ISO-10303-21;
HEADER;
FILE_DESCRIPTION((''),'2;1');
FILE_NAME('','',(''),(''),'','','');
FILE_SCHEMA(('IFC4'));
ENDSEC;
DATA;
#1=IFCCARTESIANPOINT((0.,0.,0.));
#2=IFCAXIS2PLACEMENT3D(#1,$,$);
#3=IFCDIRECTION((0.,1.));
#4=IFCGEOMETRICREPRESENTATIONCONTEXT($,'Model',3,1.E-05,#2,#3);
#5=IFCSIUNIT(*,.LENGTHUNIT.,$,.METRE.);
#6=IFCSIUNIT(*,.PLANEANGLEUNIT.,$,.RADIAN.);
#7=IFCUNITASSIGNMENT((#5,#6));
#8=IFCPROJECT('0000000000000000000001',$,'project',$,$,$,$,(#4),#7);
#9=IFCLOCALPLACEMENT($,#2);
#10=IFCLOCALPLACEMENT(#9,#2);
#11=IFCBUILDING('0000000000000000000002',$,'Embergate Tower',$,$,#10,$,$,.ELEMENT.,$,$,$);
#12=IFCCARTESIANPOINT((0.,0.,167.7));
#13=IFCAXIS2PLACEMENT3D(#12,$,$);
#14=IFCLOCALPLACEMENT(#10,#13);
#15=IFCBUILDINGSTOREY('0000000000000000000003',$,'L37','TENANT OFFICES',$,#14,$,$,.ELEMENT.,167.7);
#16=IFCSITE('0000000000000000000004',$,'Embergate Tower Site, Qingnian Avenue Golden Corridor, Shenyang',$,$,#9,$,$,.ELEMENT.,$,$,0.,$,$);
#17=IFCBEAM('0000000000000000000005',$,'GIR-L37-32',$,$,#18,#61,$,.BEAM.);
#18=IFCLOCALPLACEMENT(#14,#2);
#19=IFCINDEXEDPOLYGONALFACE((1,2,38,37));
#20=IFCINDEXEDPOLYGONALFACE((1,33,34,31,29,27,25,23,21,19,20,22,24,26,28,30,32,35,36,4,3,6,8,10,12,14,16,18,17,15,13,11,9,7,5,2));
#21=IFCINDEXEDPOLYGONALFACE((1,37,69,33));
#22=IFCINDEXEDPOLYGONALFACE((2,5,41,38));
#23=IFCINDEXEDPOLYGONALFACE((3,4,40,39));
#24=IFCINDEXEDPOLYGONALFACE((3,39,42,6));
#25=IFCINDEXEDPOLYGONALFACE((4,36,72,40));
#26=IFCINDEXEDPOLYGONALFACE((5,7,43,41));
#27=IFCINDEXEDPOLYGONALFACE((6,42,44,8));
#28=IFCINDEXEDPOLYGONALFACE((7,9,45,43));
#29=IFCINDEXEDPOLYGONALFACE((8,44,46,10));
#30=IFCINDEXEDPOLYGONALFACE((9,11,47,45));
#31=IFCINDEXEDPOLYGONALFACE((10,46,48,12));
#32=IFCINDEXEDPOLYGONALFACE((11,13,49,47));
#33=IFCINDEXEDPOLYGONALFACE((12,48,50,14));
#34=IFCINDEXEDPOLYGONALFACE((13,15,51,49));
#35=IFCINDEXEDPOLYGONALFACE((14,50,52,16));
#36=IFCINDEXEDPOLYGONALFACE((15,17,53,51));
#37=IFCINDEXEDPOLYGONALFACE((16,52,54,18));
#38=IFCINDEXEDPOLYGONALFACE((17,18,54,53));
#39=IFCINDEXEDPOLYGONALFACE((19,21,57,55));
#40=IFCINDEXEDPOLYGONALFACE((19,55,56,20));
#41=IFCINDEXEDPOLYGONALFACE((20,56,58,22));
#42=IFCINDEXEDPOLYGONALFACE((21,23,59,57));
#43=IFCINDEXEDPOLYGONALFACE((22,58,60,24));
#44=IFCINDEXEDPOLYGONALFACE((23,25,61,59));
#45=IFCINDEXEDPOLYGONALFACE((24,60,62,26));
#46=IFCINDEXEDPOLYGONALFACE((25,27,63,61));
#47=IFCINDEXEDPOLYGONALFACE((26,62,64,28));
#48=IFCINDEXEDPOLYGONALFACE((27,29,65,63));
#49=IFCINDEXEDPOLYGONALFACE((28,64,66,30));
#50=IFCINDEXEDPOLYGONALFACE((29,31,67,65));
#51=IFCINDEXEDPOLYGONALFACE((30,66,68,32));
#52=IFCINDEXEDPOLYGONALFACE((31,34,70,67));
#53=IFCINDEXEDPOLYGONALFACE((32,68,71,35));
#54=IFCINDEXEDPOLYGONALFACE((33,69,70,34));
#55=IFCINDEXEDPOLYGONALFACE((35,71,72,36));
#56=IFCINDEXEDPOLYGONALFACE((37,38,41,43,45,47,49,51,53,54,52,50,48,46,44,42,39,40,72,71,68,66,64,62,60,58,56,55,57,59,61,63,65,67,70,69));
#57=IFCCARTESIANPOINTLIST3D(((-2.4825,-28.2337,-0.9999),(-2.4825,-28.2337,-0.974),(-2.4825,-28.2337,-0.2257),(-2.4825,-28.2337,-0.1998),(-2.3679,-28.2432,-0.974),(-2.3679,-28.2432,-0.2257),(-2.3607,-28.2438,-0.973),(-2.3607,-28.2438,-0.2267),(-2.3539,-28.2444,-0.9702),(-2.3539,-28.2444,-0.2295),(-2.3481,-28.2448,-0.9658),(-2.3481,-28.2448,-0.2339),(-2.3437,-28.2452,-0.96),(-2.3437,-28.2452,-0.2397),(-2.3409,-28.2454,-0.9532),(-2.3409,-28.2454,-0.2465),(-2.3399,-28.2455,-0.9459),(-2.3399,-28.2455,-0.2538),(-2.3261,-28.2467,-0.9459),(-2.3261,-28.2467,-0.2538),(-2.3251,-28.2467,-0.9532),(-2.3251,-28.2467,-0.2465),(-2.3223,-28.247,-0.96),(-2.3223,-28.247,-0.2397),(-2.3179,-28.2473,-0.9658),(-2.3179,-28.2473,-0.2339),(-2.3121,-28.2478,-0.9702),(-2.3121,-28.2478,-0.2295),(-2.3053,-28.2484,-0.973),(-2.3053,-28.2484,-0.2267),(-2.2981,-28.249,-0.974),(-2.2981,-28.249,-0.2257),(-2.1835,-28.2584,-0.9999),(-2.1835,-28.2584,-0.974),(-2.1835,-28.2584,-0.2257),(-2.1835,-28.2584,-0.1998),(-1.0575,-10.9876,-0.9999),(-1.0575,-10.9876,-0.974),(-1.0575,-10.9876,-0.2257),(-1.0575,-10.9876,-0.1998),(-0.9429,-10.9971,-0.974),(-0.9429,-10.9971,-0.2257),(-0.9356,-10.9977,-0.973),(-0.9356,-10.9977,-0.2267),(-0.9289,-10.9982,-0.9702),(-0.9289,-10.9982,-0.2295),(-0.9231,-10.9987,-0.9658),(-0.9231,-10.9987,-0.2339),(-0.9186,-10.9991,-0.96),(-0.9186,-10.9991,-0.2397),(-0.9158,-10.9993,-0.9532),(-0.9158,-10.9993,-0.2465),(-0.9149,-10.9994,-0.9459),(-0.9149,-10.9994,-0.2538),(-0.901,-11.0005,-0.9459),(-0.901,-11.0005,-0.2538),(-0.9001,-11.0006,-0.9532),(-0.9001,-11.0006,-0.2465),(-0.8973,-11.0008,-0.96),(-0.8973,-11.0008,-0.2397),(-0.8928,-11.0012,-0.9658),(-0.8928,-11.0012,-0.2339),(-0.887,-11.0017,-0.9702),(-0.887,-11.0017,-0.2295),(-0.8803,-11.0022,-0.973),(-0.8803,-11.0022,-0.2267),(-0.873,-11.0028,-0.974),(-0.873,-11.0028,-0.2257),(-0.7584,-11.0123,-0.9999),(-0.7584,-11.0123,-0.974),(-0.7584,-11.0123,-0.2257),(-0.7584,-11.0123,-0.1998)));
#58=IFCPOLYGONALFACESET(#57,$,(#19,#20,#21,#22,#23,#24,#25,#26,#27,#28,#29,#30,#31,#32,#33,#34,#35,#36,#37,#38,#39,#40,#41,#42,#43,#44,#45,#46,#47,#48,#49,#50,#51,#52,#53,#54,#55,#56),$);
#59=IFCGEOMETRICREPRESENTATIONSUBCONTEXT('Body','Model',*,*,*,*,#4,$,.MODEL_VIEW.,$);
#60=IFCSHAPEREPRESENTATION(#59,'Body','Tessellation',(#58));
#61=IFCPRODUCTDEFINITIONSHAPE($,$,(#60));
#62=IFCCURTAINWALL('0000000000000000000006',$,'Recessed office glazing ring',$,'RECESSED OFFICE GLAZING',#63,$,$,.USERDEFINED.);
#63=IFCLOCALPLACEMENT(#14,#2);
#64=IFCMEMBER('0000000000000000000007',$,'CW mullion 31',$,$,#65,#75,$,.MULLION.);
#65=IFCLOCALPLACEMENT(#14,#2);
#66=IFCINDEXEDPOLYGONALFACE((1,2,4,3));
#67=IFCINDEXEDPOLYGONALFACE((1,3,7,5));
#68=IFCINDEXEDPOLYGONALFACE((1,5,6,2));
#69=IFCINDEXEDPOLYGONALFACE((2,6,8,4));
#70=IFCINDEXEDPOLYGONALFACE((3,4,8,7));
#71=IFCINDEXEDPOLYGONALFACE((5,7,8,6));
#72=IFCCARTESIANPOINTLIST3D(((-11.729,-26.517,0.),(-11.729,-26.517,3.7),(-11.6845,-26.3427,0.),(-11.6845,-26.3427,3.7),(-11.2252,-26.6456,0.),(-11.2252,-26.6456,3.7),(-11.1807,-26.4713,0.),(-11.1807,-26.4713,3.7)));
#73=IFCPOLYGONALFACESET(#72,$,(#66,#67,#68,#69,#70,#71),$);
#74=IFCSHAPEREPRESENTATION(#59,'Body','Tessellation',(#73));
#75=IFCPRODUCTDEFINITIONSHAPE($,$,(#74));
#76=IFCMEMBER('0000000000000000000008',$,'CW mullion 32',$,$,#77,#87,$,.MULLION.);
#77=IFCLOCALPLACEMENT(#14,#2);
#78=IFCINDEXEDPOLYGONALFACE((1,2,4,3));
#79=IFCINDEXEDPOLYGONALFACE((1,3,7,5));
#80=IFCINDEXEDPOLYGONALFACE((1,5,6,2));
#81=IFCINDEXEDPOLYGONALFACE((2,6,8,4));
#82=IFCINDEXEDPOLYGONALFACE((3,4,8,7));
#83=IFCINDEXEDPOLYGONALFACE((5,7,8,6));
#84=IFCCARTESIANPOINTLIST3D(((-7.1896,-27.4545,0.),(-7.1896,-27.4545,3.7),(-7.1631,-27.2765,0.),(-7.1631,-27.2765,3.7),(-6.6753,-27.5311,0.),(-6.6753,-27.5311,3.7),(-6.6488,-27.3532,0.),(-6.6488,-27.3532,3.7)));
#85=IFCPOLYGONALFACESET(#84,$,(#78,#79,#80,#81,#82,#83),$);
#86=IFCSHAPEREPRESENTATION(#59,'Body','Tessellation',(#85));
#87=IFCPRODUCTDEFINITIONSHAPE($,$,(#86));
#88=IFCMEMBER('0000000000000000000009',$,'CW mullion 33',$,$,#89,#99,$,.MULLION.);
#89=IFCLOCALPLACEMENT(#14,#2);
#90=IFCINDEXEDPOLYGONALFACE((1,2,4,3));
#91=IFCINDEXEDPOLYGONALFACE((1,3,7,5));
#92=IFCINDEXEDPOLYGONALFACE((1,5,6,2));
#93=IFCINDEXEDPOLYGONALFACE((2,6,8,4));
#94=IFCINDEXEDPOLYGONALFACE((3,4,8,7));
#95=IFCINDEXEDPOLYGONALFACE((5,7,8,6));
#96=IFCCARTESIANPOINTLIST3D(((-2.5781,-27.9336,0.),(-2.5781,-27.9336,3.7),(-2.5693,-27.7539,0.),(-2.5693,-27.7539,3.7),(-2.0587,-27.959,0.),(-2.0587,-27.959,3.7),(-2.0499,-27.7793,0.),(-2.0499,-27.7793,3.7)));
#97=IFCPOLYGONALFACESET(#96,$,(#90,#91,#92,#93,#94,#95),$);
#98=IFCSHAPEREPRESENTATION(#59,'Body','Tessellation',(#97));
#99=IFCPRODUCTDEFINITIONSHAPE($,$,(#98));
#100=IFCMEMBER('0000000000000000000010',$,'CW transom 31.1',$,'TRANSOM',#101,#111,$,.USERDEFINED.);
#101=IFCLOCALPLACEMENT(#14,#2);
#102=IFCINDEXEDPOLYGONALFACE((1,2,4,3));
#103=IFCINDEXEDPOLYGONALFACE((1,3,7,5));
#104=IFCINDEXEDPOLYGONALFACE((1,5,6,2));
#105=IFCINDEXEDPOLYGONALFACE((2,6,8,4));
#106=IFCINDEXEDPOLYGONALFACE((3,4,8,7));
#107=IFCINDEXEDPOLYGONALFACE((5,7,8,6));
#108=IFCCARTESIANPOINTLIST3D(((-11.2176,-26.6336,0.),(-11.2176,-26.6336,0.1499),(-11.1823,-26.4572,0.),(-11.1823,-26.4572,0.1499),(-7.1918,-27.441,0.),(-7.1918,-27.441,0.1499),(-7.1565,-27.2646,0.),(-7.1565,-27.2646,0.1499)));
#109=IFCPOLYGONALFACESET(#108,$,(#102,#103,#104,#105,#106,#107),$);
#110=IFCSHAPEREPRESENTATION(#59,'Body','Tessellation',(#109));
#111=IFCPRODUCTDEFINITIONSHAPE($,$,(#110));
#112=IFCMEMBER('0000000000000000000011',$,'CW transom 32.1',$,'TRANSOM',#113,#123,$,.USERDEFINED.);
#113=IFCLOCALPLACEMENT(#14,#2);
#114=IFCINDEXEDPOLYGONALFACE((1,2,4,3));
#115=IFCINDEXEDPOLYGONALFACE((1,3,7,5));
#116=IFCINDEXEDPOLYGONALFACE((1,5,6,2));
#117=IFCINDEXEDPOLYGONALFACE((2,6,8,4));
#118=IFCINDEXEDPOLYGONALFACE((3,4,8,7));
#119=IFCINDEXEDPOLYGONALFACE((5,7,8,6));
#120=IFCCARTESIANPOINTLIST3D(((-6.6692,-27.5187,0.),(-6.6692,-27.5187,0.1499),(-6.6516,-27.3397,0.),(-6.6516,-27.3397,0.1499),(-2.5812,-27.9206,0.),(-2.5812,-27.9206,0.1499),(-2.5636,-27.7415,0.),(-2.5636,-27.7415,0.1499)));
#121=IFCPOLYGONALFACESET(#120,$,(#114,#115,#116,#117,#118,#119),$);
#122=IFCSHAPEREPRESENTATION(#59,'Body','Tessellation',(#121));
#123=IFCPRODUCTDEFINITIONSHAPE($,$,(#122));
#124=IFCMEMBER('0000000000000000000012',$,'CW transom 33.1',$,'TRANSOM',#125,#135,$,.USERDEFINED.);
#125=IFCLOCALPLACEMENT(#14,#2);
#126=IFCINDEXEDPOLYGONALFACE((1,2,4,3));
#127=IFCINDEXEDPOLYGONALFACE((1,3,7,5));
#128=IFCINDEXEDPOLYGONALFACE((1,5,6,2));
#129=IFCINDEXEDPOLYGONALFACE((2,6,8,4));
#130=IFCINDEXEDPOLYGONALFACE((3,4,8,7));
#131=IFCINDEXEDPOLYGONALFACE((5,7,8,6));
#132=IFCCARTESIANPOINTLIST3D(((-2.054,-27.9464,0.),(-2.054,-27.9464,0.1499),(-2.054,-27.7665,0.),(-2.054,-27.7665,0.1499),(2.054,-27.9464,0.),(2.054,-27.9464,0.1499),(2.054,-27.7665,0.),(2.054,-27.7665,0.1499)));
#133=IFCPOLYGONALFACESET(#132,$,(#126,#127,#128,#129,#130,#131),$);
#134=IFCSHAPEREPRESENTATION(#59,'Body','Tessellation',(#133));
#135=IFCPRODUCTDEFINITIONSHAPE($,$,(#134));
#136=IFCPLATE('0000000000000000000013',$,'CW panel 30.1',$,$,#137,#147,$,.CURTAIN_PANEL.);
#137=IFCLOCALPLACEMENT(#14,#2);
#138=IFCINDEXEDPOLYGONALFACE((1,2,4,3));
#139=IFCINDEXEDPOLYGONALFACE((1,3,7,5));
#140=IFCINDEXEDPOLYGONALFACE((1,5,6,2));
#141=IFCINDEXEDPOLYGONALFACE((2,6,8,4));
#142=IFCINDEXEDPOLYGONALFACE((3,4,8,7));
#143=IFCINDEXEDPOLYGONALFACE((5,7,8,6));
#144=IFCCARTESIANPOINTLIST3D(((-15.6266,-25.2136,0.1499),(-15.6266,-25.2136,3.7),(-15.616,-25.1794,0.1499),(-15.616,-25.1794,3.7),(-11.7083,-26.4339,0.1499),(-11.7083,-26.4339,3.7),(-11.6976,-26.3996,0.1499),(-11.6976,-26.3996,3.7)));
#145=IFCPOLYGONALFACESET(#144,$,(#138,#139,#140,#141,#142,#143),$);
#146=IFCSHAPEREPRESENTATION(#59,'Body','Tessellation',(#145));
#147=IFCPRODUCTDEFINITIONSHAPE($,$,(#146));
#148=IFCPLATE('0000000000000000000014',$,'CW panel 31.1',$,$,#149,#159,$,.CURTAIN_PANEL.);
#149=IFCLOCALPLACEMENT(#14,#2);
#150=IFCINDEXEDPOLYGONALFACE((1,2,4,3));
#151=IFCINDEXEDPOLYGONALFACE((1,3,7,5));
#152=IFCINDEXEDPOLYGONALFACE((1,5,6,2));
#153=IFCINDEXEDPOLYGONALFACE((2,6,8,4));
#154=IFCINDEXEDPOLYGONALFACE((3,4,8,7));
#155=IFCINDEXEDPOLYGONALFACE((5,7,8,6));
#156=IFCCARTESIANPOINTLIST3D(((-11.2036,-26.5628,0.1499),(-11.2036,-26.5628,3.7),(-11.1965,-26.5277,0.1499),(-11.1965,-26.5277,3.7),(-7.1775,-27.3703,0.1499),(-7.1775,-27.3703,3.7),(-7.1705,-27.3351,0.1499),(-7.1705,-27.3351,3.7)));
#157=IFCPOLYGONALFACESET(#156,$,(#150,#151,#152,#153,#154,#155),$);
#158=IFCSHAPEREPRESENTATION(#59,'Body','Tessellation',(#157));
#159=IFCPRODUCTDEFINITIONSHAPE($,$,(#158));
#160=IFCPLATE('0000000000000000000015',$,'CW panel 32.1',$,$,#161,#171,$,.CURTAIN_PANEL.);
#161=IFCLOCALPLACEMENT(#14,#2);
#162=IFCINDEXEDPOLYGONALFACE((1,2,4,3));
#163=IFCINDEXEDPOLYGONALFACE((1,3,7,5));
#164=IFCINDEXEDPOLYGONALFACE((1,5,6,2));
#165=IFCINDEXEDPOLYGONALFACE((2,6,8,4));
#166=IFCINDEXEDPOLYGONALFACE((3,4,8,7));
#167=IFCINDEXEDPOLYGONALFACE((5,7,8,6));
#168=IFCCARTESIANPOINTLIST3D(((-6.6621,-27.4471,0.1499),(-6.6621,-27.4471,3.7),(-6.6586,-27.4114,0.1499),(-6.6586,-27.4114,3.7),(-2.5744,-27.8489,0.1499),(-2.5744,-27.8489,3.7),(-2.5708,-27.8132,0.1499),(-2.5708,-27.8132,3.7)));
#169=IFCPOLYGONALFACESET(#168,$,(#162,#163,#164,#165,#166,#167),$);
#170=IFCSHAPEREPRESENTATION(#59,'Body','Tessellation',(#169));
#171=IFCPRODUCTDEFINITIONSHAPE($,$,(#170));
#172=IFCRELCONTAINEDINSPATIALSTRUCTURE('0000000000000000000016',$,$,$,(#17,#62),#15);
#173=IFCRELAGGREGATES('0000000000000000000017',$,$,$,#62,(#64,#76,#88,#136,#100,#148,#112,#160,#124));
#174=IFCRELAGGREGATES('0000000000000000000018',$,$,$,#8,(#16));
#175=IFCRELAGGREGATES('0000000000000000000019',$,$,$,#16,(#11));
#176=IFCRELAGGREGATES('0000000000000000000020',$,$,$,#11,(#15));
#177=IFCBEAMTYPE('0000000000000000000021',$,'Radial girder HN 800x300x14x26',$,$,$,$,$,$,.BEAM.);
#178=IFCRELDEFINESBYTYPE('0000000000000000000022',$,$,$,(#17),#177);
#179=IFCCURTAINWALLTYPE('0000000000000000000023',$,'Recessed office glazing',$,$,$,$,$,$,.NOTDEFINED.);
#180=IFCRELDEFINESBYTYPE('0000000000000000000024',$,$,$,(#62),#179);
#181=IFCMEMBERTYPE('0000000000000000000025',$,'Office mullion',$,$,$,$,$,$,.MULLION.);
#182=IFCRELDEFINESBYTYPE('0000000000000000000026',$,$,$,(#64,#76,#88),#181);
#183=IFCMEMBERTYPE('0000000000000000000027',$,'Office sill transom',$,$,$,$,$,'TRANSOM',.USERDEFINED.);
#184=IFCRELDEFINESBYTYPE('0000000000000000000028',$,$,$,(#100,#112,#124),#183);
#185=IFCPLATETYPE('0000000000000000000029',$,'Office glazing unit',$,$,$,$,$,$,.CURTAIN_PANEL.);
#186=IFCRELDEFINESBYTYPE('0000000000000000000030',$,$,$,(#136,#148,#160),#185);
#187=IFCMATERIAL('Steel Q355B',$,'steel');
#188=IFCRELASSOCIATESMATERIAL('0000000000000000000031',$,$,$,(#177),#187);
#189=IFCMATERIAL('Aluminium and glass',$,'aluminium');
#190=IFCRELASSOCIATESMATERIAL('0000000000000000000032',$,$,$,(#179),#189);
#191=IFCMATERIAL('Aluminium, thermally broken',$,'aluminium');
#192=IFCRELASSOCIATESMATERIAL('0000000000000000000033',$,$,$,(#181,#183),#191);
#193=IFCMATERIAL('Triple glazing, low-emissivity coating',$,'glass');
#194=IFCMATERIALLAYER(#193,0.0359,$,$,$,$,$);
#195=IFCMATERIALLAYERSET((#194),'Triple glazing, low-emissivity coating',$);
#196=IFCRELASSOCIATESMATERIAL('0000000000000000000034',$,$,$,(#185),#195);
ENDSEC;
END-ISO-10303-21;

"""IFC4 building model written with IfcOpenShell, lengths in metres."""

from ifc_helpers import new_model, si_unit, direction, frame, origin, origin_2d, place, context, subcontext, project, spatial, rectangle, i_section, extrude, source, transform, mapped, material, layer, layer_set, material_profile, profile_set, type_object, element, aggregate, save


model = new_model("IFC4")

# Units and contexts
model_context = context("Model", 3, precision=1e-05, world=origin(), true_north=direction((0.0, 1.0)))
body_context = subcontext(model_context, "Body", "Model", "MODEL_VIEW")
ifc_project = project(units=[si_unit("LENGTHUNIT", "METRE"), si_unit("PLANEANGLEUNIT", "RADIAN")], contexts=[model_context])

# Site, building, storey
site_placement = place(None, origin())
site = spatial("IfcSite", under=ifc_project, at=site_placement, Name="Embergate Tower Site, Qingnian Avenue Golden Corridor, Shenyang", CompositionType="ELEMENT", RefElevation=0.0)
building_placement = place(site_placement, origin())
building = spatial("IfcBuilding", under=site, at=building_placement, Name="Embergate Tower", CompositionType="ELEMENT")
storey_placement = place(building_placement, frame((0.0, 0.0, 167.7)))
storey = spatial("IfcBuildingStorey", under=building, at=storey_placement, Name="L37", Description="TENANT OFFICES", CompositionType="ELEMENT", Elevation=167.7)

# Beam
ifc_material_1 = material(Name="Steel Q355B", Category="steel")
ifc_material_profile_1 = material_profile(ifc_material_1, i_section(OverallWidth=0.3, OverallDepth=0.8, WebThickness=0.0139, FlangeThickness=0.0259, FilletRadius=0.0281, at=origin_2d()), Name="HN 800x300x14x26")
ifc_profile_set_1 = profile_set([ifc_material_profile_1], Name="Steel Q355 grade B")
beam_type_1 = type_object("IfcBeamType", Name="Radial girder HN 800x300x14x26", PredefinedType="BEAM", material=ifc_profile_set_1)
shared_shape_1 = source(origin(), body_context, "Body", "SweptSolid", [
    extrude(i_section(OverallWidth=0.3, OverallDepth=0.8, WebThickness=0.0139, FlangeThickness=0.0259, FilletRadius=0.0281, at=origin_2d()), origin(), (0.0, 0.0, 1.0), 17.3049),
])
beam_1_placement = place(storey_placement, frame((-2.333, -28.2461, -0.5999), z_axis=(0.08235, 0.996604, 0.0), x_axis=(-0.996604, 0.08235, 0.0)))
element("IfcBeam", 1, at=beam_1_placement, inside=storey, type_object=beam_type_1, Name="GIR-L37-32", PredefinedType="BEAM", context=body_context, shape_type="MappedRepresentation", body=[
    mapped(shared_shape_1, transform((0.0, 0.0, 0.0))),
])

# Curtain wall, members
ifc_material_2 = material(Name="Aluminium and glass", Category="aluminium")
curtain_wall_type = type_object("IfcCurtainWallType", Name="Recessed office glazing", PredefinedType="NOTDEFINED", material=ifc_material_2)
curtain_wall_placement = place(storey_placement, origin())
curtain_wall = element("IfcCurtainWall", 2, at=curtain_wall_placement, inside=storey, type_object=curtain_wall_type, Name="Recessed office glazing ring", ObjectType="RECESSED OFFICE GLAZING", PredefinedType="USERDEFINED")
ifc_material_3 = material(Name="Aluminium, thermally broken", Category="aluminium")
ifc_material_profile_2 = material_profile(ifc_material_3, rectangle(XDim=0.1799, YDim=0.52, at=origin_2d()), Name="AL 520x180")
ifc_profile_set_2 = profile_set([ifc_material_profile_2], Name="Aluminium, thermally broken")
member_type_1 = type_object("IfcMemberType", Name="Office mullion", PredefinedType="MULLION", material=ifc_profile_set_2)
shared_shape_2 = source(origin(), body_context, "Body", "SweptSolid", [
    extrude(rectangle(XDim=0.1799, YDim=0.52, at=origin_2d()), origin(), (0.0, 0.0, 1.0), 3.7),
])
member_1_placement = place(storey_placement, frame((-11.4548, -26.4941, 0.0), z_axis=(0.0, 0.0, 1.0), x_axis=(0.247312, 0.968936, 0.0)))
member_1 = element("IfcMember", 3, at=member_1_placement, type_object=member_type_1, Name="CW mullion 31", PredefinedType="MULLION", context=body_context, shape_type="MappedRepresentation", body=[
    mapped(shared_shape_2, transform((0.0, 0.0, 0.0))),
])
member_2_placement = place(storey_placement, frame((-6.9192, -27.4038, 0.0), z_axis=(0.0, 0.0, 1.0), x_axis=(0.147412, 0.989075, 0.0)))
member_2 = element("IfcMember", 4, at=member_2_placement, type_object=member_type_1, Name="CW mullion 32", PredefinedType="MULLION", context=body_context, shape_type="MappedRepresentation", body=[
    mapped(shared_shape_2, transform((0.0, 0.0, 0.0))),
])
member_3_placement = place(storey_placement, frame((-2.314, -27.8564, 0.0), z_axis=(0.0, 0.0, 1.0), x_axis=(0.048972, 0.9988, 0.0)))
member_3 = element("IfcMember", 5, at=member_3_placement, type_object=member_type_1, Name="CW mullion 33", PredefinedType="MULLION", context=body_context, shape_type="MappedRepresentation", body=[
    mapped(shared_shape_2, transform((0.0, 0.0, 0.0))),
])
ifc_material_profile_3 = material_profile(ifc_material_3, rectangle(XDim=0.1799, YDim=0.1499, at=origin_2d()), Name="AL 150x180")
ifc_profile_set_3 = profile_set([ifc_material_profile_3], Name="Aluminium, thermally broken")
member_type_2 = type_object("IfcMemberType", Name="Office sill transom", ElementType="TRANSOM", PredefinedType="USERDEFINED", material=ifc_profile_set_3)
shared_shape_3 = source(origin(), body_context, "Body", "SweptSolid", [
    extrude(rectangle(XDim=0.1799, YDim=0.1499, at=origin_2d()), origin(), (0.0, 0.0, 1.0), 4.106),
])
member_4_placement = place(storey_placement, frame((-11.2, -26.5454, 0.075), z_axis=(0.980478, -0.196631, 0.0), x_axis=(0.196631, 0.980478, 0.0)))
member_4 = element("IfcMember", 6, at=member_4_placement, type_object=member_type_2, Name="CW transom 31.1", ObjectType="TRANSOM", PredefinedType="USERDEFINED", context=body_context, shape_type="MappedRepresentation", body=[
    mapped(shared_shape_3, transform((0.0, 0.0, 0.0))),
])
shared_shape_4 = source(origin(), body_context, "Body", "SweptSolid", [
    extrude(rectangle(XDim=0.1799, YDim=0.1499, at=origin_2d()), origin(), (0.0, 0.0, 1.0), 4.1077),
])
member_5_placement = place(storey_placement, frame((-6.6604, -27.4292, 0.075), z_axis=(0.995203, -0.097832, 0.0), x_axis=(0.097832, 0.995203, 0.0)))
member_5 = element("IfcMember", 7, at=member_5_placement, type_object=member_type_2, Name="CW transom 32.1", ObjectType="TRANSOM", PredefinedType="USERDEFINED", context=body_context, shape_type="MappedRepresentation", body=[
    mapped(shared_shape_4, transform((0.0, 0.0, 0.0))),
])
shared_shape_5 = source(origin(), body_context, "Body", "SweptSolid", [
    extrude(rectangle(XDim=0.1799, YDim=0.1499, at=origin_2d()), origin(), (0.0, 0.0, 1.0), 4.1079),
])
member_6_placement = place(storey_placement, frame((-2.054, -27.8564, 0.075), z_axis=(1.0, 0.0, 0.0), x_axis=(0.0, 1.0, 0.0)))
member_6 = element("IfcMember", 8, at=member_6_placement, type_object=member_type_2, Name="CW transom 33.1", ObjectType="TRANSOM", PredefinedType="USERDEFINED", context=body_context, shape_type="MappedRepresentation", body=[
    mapped(shared_shape_5, transform((0.0, 0.0, 0.0))),
])

# Plates
ifc_material_4 = material(Name="Triple glazing, low-emissivity coating", Category="glass")
ifc_layer_1 = layer(ifc_material_4, 0.0359)
ifc_layer_set_1 = layer_set([ifc_layer_1], Name="Triple glazing, low-emissivity coating")
plate_type = type_object("IfcPlateType", Name="Office glazing unit", PredefinedType="CURTAIN_PANEL", material=ifc_layer_set_1)
shared_shape_6 = source(origin(), body_context, "Body", "SweptSolid", [
    extrude(rectangle(XDim=4.104, YDim=0.0359, at=origin_2d()), origin(), (0.0, 0.0, 1.0), 3.55),
])
plate_1_placement = place(storey_placement, frame((-13.6621, -25.8066, 0.1499), z_axis=(0.0, 0.0, 1.0), x_axis=(0.954772, -0.297338, 0.0)))
plate_1 = element("IfcPlate", 9, at=plate_1_placement, type_object=plate_type, Name="CW panel 30.1", PredefinedType="CURTAIN_PANEL", context=body_context, shape_type="MappedRepresentation", body=[
    mapped(shared_shape_6, transform((0.0, 0.0, 0.0))),
])
shared_shape_7 = source(origin(), body_context, "Body", "SweptSolid", [
    extrude(rectangle(XDim=4.1062, YDim=0.0359, at=origin_2d()), origin(), (0.0, 0.0, 1.0), 3.55),
])
plate_2_placement = place(storey_placement, frame((-9.187, -26.949, 0.1499), z_axis=(0.0, 0.0, 1.0), x_axis=(0.980476, -0.196639, 0.0)))
plate_2 = element("IfcPlate", 10, at=plate_2_placement, type_object=plate_type, Name="CW panel 31.1", PredefinedType="CURTAIN_PANEL", context=body_context, shape_type="MappedRepresentation", body=[
    mapped(shared_shape_7, transform((0.0, 0.0, 0.0))),
])
shared_shape_8 = source(origin(), body_context, "Body", "SweptSolid", [
    extrude(rectangle(XDim=4.1074, YDim=0.0359, at=origin_2d()), origin(), (0.0, 0.0, 1.0), 3.55),
])
plate_3_placement = place(storey_placement, frame((-4.6165, -27.6301, 0.1499), z_axis=(0.0, 0.0, 1.0), x_axis=(0.995203, -0.09783, 0.0)))
plate_3 = element("IfcPlate", 11, at=plate_3_placement, type_object=plate_type, Name="CW panel 32.1", PredefinedType="CURTAIN_PANEL", context=body_context, shape_type="MappedRepresentation", body=[
    mapped(shared_shape_8, transform((0.0, 0.0, 0.0))),
])
aggregate(curtain_wall, [member_1, member_2, member_3, plate_1, member_4, plate_2, member_5, plate_3, member_6])

save(model, "model.ifc")
